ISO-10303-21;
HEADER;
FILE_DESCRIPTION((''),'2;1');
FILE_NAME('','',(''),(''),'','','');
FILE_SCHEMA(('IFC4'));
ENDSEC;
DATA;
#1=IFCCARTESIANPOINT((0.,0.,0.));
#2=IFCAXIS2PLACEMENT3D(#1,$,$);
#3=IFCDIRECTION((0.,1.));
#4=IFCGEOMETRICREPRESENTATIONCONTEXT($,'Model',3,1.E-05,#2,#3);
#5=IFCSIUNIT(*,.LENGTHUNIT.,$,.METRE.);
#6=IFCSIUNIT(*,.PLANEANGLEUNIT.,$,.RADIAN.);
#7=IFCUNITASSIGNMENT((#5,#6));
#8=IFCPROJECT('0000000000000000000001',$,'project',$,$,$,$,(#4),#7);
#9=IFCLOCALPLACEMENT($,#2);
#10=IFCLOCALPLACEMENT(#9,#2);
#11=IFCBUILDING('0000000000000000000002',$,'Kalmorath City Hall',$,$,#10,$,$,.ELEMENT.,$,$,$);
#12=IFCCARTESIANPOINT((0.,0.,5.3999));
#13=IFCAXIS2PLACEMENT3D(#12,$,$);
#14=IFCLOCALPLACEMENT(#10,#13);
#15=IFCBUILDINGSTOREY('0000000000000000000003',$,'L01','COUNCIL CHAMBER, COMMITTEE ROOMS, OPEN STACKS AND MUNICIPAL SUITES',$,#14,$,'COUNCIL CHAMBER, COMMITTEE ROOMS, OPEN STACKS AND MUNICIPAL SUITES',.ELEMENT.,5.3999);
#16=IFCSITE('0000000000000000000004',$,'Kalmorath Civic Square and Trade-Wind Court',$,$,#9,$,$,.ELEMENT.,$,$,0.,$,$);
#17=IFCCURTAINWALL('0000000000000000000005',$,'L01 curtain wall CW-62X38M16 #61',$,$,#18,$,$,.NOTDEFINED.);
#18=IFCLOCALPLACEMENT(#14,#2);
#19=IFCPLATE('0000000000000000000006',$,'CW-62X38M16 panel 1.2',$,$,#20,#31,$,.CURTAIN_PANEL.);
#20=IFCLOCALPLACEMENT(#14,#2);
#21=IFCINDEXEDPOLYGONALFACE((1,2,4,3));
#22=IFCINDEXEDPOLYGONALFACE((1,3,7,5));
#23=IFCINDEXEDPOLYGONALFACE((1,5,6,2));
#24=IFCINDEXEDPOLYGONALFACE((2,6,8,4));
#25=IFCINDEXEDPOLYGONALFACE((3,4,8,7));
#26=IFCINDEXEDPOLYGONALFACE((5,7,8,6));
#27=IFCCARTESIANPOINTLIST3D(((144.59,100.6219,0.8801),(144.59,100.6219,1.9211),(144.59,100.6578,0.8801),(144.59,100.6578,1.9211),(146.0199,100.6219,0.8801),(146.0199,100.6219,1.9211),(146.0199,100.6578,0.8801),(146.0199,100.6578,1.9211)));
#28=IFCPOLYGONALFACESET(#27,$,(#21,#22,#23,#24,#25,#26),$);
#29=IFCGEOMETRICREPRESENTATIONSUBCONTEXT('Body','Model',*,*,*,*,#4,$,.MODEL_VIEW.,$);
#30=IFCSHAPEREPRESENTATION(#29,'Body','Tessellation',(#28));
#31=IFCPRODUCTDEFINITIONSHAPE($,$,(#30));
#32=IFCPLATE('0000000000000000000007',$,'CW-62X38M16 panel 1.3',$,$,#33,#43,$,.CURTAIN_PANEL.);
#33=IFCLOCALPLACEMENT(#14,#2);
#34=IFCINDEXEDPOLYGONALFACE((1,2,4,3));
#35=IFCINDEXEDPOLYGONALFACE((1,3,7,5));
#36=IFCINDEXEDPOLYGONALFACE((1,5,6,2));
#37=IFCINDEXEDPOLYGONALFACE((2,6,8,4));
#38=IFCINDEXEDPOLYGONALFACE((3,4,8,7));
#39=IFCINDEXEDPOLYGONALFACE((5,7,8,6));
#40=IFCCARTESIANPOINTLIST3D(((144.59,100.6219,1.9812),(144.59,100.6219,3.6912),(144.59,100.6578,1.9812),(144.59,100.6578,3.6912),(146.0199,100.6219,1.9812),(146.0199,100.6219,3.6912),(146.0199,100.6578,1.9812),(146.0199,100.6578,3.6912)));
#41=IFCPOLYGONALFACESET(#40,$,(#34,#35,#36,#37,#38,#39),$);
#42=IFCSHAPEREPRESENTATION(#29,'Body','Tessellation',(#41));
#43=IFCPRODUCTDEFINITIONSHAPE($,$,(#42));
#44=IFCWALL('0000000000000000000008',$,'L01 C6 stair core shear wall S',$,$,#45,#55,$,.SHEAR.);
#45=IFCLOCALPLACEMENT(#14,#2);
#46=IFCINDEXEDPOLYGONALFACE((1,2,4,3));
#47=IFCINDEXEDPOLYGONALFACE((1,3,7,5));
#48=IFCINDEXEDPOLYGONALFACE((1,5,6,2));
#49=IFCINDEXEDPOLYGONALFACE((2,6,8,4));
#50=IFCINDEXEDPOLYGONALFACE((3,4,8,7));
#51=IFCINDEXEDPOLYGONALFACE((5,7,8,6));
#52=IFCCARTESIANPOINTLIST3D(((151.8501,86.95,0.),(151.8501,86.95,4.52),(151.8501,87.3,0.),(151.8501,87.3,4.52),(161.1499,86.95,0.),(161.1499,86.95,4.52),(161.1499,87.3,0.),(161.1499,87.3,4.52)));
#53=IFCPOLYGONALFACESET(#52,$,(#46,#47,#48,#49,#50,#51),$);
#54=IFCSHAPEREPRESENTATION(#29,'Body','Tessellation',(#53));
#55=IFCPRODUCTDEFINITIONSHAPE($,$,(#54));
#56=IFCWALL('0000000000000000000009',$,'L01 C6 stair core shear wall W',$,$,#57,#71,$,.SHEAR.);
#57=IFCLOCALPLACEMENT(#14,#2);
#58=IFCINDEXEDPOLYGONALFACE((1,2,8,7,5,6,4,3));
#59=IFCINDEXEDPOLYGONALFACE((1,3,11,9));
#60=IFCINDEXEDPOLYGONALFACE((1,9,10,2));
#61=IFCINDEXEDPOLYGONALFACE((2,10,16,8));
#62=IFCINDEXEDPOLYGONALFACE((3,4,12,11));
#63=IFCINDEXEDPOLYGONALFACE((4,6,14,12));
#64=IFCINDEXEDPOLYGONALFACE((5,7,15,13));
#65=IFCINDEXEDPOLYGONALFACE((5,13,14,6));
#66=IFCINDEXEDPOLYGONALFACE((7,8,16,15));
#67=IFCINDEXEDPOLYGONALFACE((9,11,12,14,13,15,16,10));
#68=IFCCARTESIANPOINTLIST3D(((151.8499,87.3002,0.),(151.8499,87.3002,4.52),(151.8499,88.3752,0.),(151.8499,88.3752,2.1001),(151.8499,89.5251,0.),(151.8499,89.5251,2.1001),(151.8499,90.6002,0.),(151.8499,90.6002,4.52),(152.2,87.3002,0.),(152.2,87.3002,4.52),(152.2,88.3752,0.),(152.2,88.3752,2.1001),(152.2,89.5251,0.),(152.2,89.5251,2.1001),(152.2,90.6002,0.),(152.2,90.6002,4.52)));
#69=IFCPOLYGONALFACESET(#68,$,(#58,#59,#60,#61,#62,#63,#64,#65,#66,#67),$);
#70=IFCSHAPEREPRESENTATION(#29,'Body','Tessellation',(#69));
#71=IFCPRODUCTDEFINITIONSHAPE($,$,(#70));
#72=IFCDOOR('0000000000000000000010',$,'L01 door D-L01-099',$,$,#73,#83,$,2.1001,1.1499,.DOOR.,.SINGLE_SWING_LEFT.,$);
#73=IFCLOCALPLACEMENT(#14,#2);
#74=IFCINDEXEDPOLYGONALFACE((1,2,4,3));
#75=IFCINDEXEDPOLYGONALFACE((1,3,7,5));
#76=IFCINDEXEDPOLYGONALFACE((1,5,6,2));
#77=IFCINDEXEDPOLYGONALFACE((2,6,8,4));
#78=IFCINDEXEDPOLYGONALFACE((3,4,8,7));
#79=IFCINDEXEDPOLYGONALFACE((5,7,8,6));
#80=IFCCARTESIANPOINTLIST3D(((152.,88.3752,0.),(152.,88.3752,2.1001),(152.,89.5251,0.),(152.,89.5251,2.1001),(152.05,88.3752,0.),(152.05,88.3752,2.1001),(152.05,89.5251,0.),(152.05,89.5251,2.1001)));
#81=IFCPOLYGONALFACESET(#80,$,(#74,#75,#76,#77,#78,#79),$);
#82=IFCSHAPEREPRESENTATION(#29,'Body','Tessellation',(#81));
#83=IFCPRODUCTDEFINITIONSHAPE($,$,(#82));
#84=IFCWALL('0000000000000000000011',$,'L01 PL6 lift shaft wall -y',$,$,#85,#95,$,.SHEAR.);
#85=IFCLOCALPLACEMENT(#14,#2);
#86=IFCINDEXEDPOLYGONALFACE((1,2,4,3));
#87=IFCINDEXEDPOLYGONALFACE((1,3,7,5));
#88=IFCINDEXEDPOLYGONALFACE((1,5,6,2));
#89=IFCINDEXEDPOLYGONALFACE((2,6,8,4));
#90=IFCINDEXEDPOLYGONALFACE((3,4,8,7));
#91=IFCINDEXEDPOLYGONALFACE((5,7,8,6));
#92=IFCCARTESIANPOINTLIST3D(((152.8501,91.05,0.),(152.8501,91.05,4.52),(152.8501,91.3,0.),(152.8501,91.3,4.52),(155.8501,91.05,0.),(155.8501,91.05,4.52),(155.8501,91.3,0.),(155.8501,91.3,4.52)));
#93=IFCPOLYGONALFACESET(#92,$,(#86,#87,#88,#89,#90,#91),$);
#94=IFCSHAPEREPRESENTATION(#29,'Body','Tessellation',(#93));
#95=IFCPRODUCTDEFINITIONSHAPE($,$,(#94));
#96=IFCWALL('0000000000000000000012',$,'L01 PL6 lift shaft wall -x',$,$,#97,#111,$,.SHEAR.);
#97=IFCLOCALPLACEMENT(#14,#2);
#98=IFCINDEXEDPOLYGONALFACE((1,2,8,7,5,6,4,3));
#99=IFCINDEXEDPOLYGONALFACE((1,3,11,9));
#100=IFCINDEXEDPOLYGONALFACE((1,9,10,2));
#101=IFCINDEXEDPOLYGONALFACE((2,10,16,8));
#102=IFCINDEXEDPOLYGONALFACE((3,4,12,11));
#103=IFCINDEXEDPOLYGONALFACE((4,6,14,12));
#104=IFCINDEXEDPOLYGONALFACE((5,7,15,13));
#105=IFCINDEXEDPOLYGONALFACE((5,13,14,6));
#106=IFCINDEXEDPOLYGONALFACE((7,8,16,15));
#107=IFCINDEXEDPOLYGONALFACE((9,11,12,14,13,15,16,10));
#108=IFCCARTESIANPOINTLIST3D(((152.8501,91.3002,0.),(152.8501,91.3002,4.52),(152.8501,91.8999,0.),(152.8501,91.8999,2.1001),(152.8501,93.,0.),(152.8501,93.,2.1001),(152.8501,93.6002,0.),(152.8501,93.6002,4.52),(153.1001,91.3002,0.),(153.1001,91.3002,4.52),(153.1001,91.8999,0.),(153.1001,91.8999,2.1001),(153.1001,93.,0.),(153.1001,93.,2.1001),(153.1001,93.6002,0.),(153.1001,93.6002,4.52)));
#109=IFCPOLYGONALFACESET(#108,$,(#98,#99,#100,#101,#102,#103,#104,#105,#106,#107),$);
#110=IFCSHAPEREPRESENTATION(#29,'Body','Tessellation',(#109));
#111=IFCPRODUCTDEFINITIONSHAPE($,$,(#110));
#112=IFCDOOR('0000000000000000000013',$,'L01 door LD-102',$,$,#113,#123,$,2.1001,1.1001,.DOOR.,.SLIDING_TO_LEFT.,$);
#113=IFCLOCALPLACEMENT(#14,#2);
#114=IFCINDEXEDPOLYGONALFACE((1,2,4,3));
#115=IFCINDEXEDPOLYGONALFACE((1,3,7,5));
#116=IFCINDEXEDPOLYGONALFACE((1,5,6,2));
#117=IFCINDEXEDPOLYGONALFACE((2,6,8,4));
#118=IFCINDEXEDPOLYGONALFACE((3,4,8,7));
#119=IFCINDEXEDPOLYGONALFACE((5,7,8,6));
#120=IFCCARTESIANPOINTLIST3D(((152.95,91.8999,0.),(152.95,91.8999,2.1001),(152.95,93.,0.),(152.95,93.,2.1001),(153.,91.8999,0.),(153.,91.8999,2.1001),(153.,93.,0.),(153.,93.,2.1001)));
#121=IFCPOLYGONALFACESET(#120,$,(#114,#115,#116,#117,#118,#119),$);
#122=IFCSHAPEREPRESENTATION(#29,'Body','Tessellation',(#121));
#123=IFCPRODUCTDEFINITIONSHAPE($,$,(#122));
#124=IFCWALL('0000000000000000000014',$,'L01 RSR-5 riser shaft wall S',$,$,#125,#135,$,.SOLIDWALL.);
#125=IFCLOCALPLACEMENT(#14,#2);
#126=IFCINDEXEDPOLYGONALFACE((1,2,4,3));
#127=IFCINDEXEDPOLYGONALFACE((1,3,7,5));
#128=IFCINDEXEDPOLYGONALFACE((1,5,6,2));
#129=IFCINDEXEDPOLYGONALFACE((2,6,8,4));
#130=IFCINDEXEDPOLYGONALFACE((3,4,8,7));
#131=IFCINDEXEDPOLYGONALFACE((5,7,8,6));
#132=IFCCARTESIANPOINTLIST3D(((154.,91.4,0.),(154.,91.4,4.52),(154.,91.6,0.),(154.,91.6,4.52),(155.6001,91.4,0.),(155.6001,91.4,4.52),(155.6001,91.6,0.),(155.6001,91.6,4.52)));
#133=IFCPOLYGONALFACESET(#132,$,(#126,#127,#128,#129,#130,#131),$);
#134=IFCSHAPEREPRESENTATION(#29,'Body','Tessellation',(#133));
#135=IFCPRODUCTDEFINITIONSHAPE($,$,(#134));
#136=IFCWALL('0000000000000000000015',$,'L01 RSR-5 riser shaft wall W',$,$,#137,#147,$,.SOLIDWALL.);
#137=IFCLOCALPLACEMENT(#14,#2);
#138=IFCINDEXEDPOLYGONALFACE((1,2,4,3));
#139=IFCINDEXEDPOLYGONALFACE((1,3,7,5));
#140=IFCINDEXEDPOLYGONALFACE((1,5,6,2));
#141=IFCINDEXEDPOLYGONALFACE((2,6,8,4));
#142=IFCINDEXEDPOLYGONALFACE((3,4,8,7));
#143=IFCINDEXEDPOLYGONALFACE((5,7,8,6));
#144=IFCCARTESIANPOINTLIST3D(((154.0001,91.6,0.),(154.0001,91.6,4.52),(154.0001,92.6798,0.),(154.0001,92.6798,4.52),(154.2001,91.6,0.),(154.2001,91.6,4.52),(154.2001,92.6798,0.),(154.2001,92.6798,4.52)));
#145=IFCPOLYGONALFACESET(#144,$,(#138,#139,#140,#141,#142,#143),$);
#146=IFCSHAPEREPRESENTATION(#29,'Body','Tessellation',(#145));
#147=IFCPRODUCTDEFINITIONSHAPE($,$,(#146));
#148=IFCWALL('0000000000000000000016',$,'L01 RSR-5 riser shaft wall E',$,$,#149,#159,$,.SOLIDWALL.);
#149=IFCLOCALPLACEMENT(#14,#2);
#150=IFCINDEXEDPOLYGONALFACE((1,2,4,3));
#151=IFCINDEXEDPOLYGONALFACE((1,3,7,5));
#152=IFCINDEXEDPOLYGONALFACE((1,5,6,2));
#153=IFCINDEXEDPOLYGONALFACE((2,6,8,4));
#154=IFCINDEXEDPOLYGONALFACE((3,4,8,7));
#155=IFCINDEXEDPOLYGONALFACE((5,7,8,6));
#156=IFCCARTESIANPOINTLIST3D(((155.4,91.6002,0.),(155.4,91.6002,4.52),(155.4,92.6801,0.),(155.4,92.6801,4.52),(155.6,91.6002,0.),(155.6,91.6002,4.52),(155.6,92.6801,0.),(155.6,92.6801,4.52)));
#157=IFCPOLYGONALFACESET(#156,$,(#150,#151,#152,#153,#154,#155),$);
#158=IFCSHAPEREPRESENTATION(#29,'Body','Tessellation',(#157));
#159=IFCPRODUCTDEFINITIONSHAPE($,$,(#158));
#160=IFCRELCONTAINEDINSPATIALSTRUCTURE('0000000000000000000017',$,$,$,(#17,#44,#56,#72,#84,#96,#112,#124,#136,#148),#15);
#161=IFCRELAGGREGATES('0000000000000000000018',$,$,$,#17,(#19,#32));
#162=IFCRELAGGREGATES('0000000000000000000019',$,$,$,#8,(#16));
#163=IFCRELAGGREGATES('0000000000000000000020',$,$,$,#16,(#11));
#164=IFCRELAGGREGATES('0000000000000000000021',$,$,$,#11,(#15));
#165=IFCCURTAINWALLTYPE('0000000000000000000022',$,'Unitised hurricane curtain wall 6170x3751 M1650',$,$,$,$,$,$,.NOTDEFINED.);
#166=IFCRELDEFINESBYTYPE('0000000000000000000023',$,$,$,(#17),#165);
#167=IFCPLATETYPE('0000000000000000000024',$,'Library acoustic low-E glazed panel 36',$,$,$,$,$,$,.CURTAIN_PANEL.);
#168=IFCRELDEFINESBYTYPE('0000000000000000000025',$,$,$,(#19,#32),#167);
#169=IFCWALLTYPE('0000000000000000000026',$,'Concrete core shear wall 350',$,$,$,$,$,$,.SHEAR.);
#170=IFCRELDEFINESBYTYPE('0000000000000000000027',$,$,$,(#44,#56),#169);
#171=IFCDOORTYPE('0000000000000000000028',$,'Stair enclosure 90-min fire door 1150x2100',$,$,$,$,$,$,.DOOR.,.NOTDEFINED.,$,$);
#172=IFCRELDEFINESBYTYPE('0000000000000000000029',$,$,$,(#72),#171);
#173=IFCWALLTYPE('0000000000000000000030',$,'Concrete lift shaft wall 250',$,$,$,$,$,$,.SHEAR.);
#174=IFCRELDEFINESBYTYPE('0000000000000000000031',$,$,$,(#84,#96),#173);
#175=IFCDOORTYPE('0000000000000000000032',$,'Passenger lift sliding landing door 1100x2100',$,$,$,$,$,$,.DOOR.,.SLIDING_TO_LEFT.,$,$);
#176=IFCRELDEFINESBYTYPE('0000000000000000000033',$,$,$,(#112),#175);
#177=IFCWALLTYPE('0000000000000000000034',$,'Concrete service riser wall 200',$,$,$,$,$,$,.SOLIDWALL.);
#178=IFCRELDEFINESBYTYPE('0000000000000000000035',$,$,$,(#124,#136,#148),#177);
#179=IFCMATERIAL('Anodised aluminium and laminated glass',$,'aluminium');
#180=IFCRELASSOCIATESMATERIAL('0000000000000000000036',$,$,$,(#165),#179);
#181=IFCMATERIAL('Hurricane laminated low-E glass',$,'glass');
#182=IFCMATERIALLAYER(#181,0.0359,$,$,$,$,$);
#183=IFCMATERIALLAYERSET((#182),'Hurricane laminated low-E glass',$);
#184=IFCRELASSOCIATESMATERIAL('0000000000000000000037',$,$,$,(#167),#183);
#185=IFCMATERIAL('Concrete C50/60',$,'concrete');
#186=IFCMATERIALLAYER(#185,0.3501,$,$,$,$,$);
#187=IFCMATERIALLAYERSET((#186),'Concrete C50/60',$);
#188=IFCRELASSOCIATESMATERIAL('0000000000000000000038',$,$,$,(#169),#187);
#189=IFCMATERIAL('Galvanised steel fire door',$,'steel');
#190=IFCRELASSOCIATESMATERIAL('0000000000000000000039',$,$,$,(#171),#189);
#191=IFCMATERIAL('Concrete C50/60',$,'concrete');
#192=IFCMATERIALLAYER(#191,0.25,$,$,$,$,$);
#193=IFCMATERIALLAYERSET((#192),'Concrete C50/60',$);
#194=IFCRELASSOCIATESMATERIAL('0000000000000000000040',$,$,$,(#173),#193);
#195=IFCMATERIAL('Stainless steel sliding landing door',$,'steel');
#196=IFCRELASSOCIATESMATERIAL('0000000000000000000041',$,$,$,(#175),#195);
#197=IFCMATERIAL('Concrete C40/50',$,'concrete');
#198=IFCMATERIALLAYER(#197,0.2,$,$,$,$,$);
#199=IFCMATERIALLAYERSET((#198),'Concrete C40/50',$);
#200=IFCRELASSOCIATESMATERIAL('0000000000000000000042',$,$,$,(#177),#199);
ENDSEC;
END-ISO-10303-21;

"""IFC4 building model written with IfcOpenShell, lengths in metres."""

from ifc_helpers import new_model, si_unit, direction, frame, frame_2d, origin, origin_2d, place, context, subcontext, project, spatial, rectangle, extrude, material, layer, layer_set, type_object, element, fill, aggregate, save


model = new_model("IFC4")

# Units and contexts
model_context = context("Model", 3, precision=1e-05, world=origin(), true_north=direction((0.0, 1.0)))
body_context = subcontext(model_context, "Body", "Model", "MODEL_VIEW")
ifc_project = project(units=[si_unit("LENGTHUNIT", "METRE"), si_unit("PLANEANGLEUNIT", "RADIAN")], contexts=[model_context])

# Site, building, storey
site_placement = place(None, origin())
site = spatial("IfcSite", under=ifc_project, at=site_placement, Name="Kalmorath Civic Square and Trade-Wind Court", CompositionType="ELEMENT", RefElevation=0.0)
building_placement = place(site_placement, origin())
building = spatial("IfcBuilding", under=site, at=building_placement, Name="Kalmorath City Hall", CompositionType="ELEMENT")
storey_placement = place(building_placement, frame((0.0, 0.0, 5.3999)))
storey = spatial("IfcBuildingStorey", under=building, at=storey_placement, Name="L01", Description="COUNCIL CHAMBER, COMMITTEE ROOMS, OPEN STACKS AND MUNICIPAL SUITES", LongName="COUNCIL CHAMBER, COMMITTEE ROOMS, OPEN STACKS AND MUNICIPAL SUITES", CompositionType="ELEMENT", Elevation=5.3999)

# Curtain wall
ifc_material_1 = material(Name="Anodised aluminium and laminated glass", Category="aluminium")
curtain_wall_type = type_object("IfcCurtainWallType", Name="Unitised hurricane curtain wall 6170x3751 M1650", PredefinedType="NOTDEFINED", material=ifc_material_1)
curtain_wall_placement = place(storey_placement, origin())
curtain_wall = element("IfcCurtainWall", 1, at=curtain_wall_placement, inside=storey, type_object=curtain_wall_type, Name="L01 curtain wall CW-62X38M16 #61", PredefinedType="NOTDEFINED")

# Plates
ifc_material_2 = material(Name="Hurricane laminated low-E glass", Category="glass")
ifc_layer_1 = layer(ifc_material_2, 0.0359)
ifc_layer_set_1 = layer_set([ifc_layer_1], Name="Hurricane laminated low-E glass")
plate_type = type_object("IfcPlateType", Name="Library acoustic low-E glazed panel 36", PredefinedType="CURTAIN_PANEL", material=ifc_layer_set_1)
plate_1_placement = place(storey_placement, frame((145.3049, 100.6399, 0.8801), z_axis=(0.0, 0.0, 1.0), x_axis=(1.0, 0.0, 0.0)))
plate_1 = element("IfcPlate", 2, at=plate_1_placement, type_object=plate_type, Name="CW-62X38M16 panel 1.2", PredefinedType="CURTAIN_PANEL", context=body_context, shape_type="SweptSolid", body=[
    extrude(rectangle(XDim=1.4299, YDim=0.0359, at=origin_2d()), origin(), (0.0, 0.0, 1.0), 1.041),
])
plate_2_placement = place(storey_placement, frame((145.3049, 100.6399, 1.9812), z_axis=(0.0, 0.0, 1.0), x_axis=(1.0, 0.0, 0.0)))
plate_2 = element("IfcPlate", 3, at=plate_2_placement, type_object=plate_type, Name="CW-62X38M16 panel 1.3", PredefinedType="CURTAIN_PANEL", context=body_context, shape_type="SweptSolid", body=[
    extrude(rectangle(XDim=1.4299, YDim=0.0359, at=origin_2d()), origin(), (0.0, 0.0, 1.0), 1.71),
])
aggregate(curtain_wall, [plate_1, plate_2])

# Wall
ifc_material_3 = material(Name="Concrete C50/60", Category="concrete")
ifc_layer_2 = layer(ifc_material_3, 0.3501)
ifc_layer_set_2 = layer_set([ifc_layer_2], Name="Concrete C50/60")
wall_type_1 = type_object("IfcWallType", Name="Concrete core shear wall 350", PredefinedType="SHEAR", material=ifc_layer_set_2)
wall_1_placement = place(storey_placement, frame((151.8501, 87.125, 0.0), z_axis=(0.0, 0.0, 1.0), x_axis=(1.0, 0.0, 0.0)))
element("IfcWall", 4, at=wall_1_placement, inside=storey, type_object=wall_type_1, Name="L01 C6 stair core shear wall S", PredefinedType="SHEAR", context=body_context, shape_type="SweptSolid", body=[
    extrude(rectangle(XDim=9.2998, YDim=0.3501, at=frame_2d((4.6499, 0.0))), origin(), (0.0, 0.0, 1.0), 4.52),
])

# Wall, opening, door
wall_2_placement = place(storey_placement, frame((152.0249, 90.6001, 0.0), z_axis=(0.0, 0.0, 1.0), x_axis=(0.0, -1.0, 0.0)))
wall_2 = element("IfcWall", 5, at=wall_2_placement, inside=storey, type_object=wall_type_1, Name="L01 C6 stair core shear wall W", PredefinedType="SHEAR", context=body_context, shape_type="SweptSolid", body=[
    extrude(rectangle(XDim=3.3, YDim=0.3501, at=frame_2d((1.6499, 0.0))), origin(), (0.0, 0.0, 1.0), 4.52),
])
opening_1_placement = place(wall_2_placement, frame((1.075, 0.0, 0.0)))
opening_1 = element("IfcOpeningElement", 6, at=opening_1_placement, cuts=wall_2, PredefinedType="OPENING", context=body_context, shape_type="SweptSolid", body=[
    extrude(rectangle(XDim=1.1499, YDim=2.1001, at=frame_2d((0.575, 1.05))), frame((0.0, 0.1851, 0.0), z_axis=(0.0, -1.0, 0.0), x_axis=(1.0, 0.0, 0.0)), (0.0, 0.0, 1.0), 0.3701),
])
ifc_material_4 = material(Name="Galvanised steel fire door", Category="steel")
door_type_1 = type_object("IfcDoorType", Name="Stair enclosure 90-min fire door 1150x2100", OperationType="NOTDEFINED", PredefinedType="DOOR", material=ifc_material_4)
door_1_placement = place(opening_1_placement, frame((1.1499, 0.0, 0.0), z_axis=(0.0, 0.0, 1.0), x_axis=(-1.0, 0.0, 0.0)))
door_1 = element("IfcDoor", 7, at=door_1_placement, inside=storey, type_object=door_type_1, Name="L01 door D-L01-099", OperationType="SINGLE_SWING_LEFT", OverallHeight=2.1001, OverallWidth=1.1499, PredefinedType="DOOR", context=body_context, shape_type="SweptSolid", body=[
    extrude(rectangle(XDim=1.1499, YDim=2.1001, at=frame_2d((0.575, 1.05))), frame((0.0, 0.0249, 0.0), z_axis=(0.0, -1.0, 0.0), x_axis=(1.0, 0.0, 0.0)), (0.0, 0.0, 1.0), 0.05),
])
fill(opening_1, door_1)

# Wall
ifc_material_5 = material(Name="Concrete C50/60", Category="concrete")
ifc_layer_3 = layer(ifc_material_5, 0.25)
ifc_layer_set_3 = layer_set([ifc_layer_3], Name="Concrete C50/60")
wall_type_2 = type_object("IfcWallType", Name="Concrete lift shaft wall 250", PredefinedType="SHEAR", material=ifc_layer_set_3)
wall_3_placement = place(storey_placement, frame((152.8501, 91.175, 0.0), z_axis=(0.0, 0.0, 1.0), x_axis=(1.0, 0.0, 0.0)))
element("IfcWall", 8, at=wall_3_placement, inside=storey, type_object=wall_type_2, Name="L01 PL6 lift shaft wall -y", PredefinedType="SHEAR", context=body_context, shape_type="SweptSolid", body=[
    extrude(rectangle(XDim=3.0, YDim=0.25, at=frame_2d((1.5, 0.0))), origin(), (0.0, 0.0, 1.0), 4.52),
])

# Wall, opening, door
wall_4_placement = place(storey_placement, frame((152.9751, 93.6001, 0.0), z_axis=(0.0, 0.0, 1.0), x_axis=(0.0, -1.0, 0.0)))
wall_4 = element("IfcWall", 9, at=wall_4_placement, inside=storey, type_object=wall_type_2, Name="L01 PL6 lift shaft wall -x", PredefinedType="SHEAR", context=body_context, shape_type="SweptSolid", body=[
    extrude(rectangle(XDim=2.3, YDim=0.25, at=frame_2d((1.1499, 0.0))), origin(), (0.0, 0.0, 1.0), 4.52),
])
opening_2_placement = place(wall_4_placement, frame((0.6001, 0.0, 0.0)))
opening_2 = element("IfcOpeningElement", 10, at=opening_2_placement, cuts=wall_4, PredefinedType="OPENING", context=body_context, shape_type="SweptSolid", body=[
    extrude(rectangle(XDim=1.1001, YDim=2.1001, at=frame_2d((0.55, 1.05))), frame((0.0, 0.135, 0.0), z_axis=(0.0, -1.0, 0.0), x_axis=(1.0, 0.0, 0.0)), (0.0, 0.0, 1.0), 0.27),
])
ifc_material_6 = material(Name="Stainless steel sliding landing door", Category="steel")
door_type_2 = type_object("IfcDoorType", Name="Passenger lift sliding landing door 1100x2100", OperationType="SLIDING_TO_LEFT", PredefinedType="DOOR", material=ifc_material_6)
door_2_placement = place(opening_2_placement, origin())
door_2 = element("IfcDoor", 11, at=door_2_placement, inside=storey, type_object=door_type_2, Name="L01 door LD-102", OperationType="SLIDING_TO_LEFT", OverallHeight=2.1001, OverallWidth=1.1001, PredefinedType="DOOR", context=body_context, shape_type="SweptSolid", body=[
    extrude(rectangle(XDim=1.1001, YDim=2.1001, at=frame_2d((0.55, 1.05))), frame((0.0, 0.0249, 0.0), z_axis=(0.0, -1.0, 0.0), x_axis=(1.0, 0.0, 0.0)), (0.0, 0.0, 1.0), 0.05),
])
fill(opening_2, door_2)

# Walls
ifc_material_7 = material(Name="Concrete C40/50", Category="concrete")
ifc_layer_4 = layer(ifc_material_7, 0.2)
ifc_layer_set_4 = layer_set([ifc_layer_4], Name="Concrete C40/50")
wall_type_3 = type_object("IfcWallType", Name="Concrete service riser wall 200", PredefinedType="SOLIDWALL", material=ifc_layer_set_4)
wall_5_placement = place(storey_placement, frame((154.0, 91.5, 0.0), z_axis=(0.0, 0.0, 1.0), x_axis=(1.0, 0.0, 0.0)))
element("IfcWall", 12, at=wall_5_placement, inside=storey, type_object=wall_type_3, Name="L01 RSR-5 riser shaft wall S", PredefinedType="SOLIDWALL", context=body_context, shape_type="SweptSolid", body=[
    extrude(rectangle(XDim=1.6001, YDim=0.2, at=frame_2d((0.8, 0.0))), origin(), (0.0, 0.0, 1.0), 4.52),
])
for number, where, z_axis, x_axis, name in (
    (13, (154.1001, 92.6799, 0.0), (0.0, 0.0, 1.0), (0.0, -1.0, 0.0), "L01 RSR-5 riser shaft wall W"),
    (14, (155.5, 91.6001, 0.0), (0.0, 0.0, 1.0), (0.0, 1.0, 0.0), "L01 RSR-5 riser shaft wall E"),
):
    element("IfcWall", number, at=place(storey_placement, frame(where, z_axis=z_axis, x_axis=x_axis)), inside=storey, type_object=wall_type_3, Name=name, PredefinedType="SOLIDWALL", context=body_context, shape_type="SweptSolid", body=[
        extrude(rectangle(XDim=1.0798, YDim=0.2, at=frame_2d((0.54, 0.0))), origin(), (0.0, 0.0, 1.0), 4.52),
    ])

save(model, "model.ifc")
